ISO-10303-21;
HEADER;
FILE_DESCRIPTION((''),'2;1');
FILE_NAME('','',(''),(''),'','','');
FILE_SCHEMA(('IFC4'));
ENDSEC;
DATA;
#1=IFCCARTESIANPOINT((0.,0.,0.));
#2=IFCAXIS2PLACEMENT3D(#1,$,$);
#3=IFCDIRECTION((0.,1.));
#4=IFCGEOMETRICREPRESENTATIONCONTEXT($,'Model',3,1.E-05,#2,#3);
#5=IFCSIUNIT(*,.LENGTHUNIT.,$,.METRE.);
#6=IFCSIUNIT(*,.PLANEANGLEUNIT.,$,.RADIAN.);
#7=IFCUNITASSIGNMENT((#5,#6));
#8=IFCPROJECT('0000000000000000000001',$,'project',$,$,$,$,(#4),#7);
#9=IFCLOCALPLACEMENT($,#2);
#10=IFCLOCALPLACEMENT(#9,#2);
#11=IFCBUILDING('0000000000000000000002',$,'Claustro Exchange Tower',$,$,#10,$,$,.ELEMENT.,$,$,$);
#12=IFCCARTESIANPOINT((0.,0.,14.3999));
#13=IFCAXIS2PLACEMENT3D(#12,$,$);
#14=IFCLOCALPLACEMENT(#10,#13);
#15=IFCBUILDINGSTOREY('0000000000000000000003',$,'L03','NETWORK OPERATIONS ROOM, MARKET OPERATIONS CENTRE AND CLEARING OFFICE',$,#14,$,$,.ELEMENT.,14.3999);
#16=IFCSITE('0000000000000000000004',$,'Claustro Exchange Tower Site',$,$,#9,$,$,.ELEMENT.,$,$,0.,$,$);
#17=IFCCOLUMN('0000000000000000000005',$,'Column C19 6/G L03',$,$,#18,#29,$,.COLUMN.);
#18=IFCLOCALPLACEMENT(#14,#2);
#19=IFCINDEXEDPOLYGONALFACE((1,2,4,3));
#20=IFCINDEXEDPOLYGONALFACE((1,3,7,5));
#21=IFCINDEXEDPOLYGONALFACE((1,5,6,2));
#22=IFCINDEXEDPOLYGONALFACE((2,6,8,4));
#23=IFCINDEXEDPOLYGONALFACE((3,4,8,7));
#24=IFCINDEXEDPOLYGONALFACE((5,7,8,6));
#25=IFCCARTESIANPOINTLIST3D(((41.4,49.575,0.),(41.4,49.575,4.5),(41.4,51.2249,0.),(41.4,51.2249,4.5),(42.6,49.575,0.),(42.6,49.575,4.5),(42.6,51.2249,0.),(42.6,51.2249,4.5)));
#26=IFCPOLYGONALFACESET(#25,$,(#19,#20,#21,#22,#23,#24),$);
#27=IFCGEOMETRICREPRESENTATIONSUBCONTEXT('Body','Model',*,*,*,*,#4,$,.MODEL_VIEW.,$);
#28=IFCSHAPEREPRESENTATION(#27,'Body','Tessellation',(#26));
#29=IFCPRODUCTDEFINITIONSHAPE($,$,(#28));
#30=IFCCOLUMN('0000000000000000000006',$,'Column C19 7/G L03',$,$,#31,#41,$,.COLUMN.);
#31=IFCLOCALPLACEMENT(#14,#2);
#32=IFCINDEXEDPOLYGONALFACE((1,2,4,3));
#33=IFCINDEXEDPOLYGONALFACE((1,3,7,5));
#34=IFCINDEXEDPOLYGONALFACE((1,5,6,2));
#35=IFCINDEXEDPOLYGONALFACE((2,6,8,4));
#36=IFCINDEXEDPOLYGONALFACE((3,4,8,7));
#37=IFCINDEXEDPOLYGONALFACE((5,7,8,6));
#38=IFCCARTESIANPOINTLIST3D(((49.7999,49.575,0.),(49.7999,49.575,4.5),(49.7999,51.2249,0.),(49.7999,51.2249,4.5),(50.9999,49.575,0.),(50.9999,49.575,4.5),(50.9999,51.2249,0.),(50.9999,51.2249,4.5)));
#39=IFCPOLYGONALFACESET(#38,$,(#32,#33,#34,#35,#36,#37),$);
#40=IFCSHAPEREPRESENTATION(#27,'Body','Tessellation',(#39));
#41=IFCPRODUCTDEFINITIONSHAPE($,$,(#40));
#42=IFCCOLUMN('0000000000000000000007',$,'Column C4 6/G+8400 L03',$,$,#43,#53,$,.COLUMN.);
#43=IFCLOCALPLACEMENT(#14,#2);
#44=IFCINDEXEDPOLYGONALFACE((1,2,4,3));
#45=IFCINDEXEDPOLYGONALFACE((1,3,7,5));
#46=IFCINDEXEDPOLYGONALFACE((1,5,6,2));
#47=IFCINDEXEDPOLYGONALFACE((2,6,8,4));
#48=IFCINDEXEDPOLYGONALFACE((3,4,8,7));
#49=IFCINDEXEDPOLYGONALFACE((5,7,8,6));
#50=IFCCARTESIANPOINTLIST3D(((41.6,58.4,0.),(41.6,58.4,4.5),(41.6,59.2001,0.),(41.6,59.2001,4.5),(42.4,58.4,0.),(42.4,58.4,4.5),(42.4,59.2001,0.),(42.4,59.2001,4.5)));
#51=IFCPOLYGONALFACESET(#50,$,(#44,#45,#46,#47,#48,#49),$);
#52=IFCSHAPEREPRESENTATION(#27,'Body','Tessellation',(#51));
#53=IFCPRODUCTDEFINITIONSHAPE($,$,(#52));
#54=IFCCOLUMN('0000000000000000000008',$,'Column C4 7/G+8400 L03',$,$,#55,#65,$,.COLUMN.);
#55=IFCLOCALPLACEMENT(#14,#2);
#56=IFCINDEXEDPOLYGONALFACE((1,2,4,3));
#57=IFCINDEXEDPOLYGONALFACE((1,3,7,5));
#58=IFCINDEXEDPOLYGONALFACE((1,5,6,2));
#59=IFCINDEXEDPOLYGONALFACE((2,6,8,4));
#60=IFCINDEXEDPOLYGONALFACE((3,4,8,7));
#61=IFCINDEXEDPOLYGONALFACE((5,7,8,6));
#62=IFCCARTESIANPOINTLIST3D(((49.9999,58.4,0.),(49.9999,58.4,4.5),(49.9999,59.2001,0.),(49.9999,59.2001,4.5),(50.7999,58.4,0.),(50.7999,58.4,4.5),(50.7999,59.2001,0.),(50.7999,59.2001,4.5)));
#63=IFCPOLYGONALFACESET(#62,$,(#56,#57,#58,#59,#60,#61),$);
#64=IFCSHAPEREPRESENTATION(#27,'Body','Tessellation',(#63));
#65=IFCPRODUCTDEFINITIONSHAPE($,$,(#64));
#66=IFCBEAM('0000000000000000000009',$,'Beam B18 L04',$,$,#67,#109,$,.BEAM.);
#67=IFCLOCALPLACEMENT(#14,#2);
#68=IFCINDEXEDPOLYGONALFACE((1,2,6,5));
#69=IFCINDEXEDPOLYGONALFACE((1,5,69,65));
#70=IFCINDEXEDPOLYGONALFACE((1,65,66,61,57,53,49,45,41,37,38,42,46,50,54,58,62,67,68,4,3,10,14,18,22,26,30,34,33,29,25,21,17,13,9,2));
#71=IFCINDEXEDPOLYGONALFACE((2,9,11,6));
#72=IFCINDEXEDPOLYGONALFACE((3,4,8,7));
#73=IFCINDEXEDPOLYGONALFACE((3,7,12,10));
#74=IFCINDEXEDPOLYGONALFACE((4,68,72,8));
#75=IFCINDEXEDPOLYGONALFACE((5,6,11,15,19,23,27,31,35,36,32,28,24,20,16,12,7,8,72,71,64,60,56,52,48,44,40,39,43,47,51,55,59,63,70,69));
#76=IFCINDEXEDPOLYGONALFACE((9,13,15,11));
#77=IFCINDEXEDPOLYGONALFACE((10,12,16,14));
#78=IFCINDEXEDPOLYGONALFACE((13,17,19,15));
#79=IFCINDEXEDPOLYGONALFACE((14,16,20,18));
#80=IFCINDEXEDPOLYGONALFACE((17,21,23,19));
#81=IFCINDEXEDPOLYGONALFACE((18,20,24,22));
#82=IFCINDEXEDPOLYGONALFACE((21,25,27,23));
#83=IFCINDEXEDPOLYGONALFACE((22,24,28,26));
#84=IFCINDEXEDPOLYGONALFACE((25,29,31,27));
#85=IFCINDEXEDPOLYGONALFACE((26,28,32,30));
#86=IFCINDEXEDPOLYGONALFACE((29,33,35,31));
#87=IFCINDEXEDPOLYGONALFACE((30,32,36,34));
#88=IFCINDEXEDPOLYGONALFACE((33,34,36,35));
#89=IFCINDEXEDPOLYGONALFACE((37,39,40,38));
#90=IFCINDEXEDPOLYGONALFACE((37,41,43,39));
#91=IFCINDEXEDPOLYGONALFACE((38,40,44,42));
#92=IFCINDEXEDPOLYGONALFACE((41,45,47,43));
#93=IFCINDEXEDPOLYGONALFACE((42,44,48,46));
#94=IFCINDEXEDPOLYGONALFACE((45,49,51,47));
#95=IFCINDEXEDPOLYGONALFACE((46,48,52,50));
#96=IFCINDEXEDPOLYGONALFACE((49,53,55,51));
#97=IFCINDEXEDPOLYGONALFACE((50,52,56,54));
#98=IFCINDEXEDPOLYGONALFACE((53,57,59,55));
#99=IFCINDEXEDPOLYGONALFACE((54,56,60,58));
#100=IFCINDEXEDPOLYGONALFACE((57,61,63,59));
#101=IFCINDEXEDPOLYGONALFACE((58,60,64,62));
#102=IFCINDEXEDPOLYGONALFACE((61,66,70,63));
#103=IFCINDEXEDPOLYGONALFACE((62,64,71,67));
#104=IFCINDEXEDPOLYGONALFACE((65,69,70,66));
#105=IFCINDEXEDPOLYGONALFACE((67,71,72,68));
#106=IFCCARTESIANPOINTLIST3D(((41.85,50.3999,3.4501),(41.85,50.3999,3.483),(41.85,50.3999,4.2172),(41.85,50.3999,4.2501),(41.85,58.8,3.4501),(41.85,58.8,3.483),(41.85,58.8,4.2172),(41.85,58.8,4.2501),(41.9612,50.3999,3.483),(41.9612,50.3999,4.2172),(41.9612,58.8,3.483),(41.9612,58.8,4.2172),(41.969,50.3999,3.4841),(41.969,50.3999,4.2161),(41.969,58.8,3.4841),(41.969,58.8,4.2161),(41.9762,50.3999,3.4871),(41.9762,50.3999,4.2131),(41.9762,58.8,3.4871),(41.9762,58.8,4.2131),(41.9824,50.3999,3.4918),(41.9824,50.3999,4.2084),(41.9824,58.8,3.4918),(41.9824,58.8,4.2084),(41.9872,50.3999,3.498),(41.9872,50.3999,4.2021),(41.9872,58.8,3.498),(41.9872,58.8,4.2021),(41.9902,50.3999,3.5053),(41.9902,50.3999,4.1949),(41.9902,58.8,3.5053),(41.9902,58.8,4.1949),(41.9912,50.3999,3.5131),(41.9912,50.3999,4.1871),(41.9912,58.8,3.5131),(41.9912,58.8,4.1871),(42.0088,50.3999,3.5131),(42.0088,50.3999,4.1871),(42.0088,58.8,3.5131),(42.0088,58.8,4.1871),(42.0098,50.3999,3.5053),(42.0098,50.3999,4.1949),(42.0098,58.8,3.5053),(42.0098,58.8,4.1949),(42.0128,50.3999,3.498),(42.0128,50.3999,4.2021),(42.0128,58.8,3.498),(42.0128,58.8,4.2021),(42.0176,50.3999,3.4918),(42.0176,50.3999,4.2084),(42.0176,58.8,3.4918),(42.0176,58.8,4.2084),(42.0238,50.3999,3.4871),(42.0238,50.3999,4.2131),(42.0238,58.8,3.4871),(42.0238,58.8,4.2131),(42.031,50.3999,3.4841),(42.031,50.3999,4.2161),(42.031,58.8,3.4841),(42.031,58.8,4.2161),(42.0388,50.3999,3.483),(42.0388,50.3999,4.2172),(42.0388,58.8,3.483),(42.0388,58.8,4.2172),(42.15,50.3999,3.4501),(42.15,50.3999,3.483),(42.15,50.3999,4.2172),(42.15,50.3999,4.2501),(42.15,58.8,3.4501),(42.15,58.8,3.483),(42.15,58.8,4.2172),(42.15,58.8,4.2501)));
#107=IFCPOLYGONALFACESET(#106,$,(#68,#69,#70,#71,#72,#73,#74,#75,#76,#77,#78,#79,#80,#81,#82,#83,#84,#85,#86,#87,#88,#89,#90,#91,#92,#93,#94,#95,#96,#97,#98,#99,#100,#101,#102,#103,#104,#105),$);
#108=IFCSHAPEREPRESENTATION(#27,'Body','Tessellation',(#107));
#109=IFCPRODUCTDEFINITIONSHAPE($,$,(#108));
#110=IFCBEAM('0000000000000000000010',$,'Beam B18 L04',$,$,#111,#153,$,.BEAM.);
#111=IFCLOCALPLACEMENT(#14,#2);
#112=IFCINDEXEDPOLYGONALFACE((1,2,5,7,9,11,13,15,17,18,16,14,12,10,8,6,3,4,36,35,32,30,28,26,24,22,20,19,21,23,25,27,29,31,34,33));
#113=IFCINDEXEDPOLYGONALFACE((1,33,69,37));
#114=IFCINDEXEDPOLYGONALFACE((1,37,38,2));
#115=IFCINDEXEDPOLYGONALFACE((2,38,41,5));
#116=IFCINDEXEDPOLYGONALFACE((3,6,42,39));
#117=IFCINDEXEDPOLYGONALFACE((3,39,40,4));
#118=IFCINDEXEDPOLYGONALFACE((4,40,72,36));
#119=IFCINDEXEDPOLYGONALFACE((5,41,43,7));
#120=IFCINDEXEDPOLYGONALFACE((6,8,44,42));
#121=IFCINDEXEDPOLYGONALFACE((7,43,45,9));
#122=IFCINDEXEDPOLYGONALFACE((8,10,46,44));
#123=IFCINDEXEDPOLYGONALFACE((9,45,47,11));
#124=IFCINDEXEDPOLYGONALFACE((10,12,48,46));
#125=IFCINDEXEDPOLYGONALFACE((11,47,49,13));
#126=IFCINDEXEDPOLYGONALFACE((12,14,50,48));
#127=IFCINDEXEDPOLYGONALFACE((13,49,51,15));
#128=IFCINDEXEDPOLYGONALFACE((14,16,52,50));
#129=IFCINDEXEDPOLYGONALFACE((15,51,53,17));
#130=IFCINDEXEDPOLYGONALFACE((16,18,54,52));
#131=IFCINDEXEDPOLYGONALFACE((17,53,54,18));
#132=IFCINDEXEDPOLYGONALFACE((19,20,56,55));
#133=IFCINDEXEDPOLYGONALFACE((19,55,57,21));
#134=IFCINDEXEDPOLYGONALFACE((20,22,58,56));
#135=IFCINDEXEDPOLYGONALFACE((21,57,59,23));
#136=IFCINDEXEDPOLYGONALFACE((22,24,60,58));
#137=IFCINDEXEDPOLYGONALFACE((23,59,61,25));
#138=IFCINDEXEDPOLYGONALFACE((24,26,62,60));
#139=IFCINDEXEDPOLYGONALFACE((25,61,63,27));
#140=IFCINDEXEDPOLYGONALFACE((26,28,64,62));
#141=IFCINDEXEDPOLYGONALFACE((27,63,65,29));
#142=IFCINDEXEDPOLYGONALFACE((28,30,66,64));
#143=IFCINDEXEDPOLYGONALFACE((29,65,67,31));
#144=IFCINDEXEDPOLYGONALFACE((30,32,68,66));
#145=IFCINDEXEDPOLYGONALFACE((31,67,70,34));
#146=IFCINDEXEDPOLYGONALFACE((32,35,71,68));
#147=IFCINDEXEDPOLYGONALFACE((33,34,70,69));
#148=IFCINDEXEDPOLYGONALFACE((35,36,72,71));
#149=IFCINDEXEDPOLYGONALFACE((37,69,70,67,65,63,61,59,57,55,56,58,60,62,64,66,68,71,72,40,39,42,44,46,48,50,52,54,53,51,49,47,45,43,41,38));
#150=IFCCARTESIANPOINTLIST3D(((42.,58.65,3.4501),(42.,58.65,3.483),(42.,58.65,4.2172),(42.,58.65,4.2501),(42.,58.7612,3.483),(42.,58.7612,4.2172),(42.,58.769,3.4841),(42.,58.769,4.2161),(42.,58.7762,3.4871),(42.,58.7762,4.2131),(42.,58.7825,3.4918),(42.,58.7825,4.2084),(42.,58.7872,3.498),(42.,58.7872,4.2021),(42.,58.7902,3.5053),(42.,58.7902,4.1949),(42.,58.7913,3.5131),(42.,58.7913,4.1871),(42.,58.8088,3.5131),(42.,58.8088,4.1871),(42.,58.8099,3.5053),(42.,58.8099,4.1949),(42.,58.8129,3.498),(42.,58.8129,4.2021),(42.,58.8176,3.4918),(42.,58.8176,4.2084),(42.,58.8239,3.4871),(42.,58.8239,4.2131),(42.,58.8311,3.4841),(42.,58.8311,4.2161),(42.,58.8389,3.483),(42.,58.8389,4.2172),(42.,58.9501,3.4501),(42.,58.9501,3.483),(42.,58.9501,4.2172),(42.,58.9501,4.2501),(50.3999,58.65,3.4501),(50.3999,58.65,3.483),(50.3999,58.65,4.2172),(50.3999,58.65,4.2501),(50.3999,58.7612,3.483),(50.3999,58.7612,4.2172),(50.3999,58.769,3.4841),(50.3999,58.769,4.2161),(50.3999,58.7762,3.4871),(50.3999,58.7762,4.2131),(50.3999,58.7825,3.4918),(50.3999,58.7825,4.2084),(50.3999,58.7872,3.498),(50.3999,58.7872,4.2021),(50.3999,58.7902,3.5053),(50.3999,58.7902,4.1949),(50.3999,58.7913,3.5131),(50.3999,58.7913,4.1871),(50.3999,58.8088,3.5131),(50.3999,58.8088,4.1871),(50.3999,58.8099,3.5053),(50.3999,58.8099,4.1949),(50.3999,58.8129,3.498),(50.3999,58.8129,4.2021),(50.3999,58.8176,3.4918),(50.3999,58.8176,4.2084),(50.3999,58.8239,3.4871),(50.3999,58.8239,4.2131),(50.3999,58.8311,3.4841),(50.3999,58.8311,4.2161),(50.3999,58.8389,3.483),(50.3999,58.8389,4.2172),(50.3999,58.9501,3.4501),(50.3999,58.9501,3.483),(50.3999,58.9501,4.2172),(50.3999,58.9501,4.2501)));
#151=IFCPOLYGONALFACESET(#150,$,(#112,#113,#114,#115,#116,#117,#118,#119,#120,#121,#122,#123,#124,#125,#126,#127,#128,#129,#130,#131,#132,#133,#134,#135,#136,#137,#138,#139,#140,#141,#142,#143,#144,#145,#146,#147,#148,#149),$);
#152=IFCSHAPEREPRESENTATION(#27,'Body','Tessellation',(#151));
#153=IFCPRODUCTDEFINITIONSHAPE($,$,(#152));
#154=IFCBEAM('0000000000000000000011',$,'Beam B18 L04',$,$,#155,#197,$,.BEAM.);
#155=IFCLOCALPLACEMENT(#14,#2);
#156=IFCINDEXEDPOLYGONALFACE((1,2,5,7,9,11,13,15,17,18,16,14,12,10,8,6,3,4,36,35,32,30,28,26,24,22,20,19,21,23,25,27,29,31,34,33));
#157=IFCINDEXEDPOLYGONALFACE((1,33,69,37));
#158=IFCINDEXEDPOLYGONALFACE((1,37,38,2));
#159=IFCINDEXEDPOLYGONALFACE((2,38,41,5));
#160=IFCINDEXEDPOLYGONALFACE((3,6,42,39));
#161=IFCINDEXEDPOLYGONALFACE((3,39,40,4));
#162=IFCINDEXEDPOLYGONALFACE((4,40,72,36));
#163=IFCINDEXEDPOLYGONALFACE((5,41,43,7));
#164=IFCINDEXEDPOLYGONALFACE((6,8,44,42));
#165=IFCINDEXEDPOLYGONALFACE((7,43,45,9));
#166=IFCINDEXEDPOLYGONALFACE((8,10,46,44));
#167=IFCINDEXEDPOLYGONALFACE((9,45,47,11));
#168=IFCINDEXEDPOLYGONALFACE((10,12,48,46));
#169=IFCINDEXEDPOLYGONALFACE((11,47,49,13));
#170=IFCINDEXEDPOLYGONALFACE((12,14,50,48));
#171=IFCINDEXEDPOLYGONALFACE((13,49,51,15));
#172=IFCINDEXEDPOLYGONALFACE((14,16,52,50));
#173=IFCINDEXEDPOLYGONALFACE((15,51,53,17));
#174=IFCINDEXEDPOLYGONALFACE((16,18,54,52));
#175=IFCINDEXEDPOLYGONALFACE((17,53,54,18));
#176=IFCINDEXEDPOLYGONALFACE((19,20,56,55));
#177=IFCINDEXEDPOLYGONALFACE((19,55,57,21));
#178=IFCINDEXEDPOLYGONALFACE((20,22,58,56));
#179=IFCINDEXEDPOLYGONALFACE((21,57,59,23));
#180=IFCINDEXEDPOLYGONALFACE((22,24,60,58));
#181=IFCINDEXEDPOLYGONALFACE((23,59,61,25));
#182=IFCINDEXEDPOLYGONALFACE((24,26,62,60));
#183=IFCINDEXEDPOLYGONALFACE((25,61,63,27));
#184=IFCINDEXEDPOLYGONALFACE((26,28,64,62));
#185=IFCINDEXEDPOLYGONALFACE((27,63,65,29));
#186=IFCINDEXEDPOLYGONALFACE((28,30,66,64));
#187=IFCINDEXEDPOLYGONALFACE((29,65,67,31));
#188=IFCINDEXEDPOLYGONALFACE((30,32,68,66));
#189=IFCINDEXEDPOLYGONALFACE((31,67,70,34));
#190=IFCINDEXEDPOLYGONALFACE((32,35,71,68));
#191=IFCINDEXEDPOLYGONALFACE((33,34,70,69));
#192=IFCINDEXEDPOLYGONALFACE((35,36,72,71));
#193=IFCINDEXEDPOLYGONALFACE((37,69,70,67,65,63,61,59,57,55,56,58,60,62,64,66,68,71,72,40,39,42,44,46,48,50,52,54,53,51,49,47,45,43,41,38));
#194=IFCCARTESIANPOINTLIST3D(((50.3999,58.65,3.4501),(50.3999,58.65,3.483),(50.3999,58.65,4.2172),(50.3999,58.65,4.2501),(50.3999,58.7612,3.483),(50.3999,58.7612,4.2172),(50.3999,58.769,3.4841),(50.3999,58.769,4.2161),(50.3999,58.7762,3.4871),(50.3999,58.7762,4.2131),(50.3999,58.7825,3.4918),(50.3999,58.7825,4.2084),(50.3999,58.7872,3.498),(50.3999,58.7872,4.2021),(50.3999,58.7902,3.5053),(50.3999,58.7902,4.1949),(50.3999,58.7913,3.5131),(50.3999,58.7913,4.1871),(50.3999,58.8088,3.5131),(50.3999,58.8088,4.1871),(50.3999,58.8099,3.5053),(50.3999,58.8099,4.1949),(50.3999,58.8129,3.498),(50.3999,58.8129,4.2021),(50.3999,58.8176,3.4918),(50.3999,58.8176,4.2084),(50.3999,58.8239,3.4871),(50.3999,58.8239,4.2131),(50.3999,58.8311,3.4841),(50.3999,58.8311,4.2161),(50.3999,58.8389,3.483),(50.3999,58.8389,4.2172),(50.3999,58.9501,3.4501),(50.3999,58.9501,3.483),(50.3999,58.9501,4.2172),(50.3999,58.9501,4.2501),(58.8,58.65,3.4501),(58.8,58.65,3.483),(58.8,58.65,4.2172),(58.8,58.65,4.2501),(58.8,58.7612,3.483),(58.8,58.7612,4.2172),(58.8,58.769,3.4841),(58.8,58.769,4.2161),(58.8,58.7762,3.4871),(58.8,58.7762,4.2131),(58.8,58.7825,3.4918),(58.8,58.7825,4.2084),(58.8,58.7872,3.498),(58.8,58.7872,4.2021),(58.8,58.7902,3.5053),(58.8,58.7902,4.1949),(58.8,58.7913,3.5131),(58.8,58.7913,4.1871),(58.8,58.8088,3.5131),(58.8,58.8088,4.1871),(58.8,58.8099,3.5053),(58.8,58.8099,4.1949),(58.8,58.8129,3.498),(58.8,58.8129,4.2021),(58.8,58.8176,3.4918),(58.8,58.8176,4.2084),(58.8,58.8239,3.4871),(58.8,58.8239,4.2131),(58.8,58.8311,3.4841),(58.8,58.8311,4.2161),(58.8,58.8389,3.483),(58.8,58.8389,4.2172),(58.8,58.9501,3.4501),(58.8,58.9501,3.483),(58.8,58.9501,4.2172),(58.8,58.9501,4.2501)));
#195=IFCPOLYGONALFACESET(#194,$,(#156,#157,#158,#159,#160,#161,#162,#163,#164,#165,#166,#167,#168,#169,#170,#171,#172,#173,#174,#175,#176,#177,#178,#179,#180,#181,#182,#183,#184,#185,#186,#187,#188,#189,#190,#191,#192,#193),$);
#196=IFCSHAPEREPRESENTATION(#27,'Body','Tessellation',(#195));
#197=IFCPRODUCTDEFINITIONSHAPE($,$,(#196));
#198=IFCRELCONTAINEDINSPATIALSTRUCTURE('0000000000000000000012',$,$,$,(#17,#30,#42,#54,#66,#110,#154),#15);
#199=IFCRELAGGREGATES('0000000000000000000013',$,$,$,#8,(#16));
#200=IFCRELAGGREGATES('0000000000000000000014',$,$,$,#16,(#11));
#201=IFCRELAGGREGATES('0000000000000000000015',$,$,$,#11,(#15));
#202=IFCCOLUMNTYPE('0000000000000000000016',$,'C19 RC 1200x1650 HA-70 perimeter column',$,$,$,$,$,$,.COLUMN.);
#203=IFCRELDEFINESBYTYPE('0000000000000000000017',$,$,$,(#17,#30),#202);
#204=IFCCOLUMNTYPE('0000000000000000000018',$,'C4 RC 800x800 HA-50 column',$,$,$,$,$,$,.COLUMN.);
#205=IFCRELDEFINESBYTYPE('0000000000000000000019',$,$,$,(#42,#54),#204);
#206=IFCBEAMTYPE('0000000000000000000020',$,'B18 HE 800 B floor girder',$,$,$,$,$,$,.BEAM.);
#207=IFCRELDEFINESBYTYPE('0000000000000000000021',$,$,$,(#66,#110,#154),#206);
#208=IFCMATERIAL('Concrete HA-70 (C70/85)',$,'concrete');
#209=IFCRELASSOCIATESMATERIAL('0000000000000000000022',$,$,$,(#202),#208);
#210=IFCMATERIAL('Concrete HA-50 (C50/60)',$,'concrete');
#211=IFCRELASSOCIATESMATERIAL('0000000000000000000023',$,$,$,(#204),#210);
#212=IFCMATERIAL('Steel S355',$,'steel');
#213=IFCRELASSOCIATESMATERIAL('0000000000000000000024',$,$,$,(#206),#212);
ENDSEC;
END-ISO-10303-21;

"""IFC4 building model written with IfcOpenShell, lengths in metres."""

from ifc_helpers import new_model, si_unit, direction, frame, origin, origin_2d, place, context, subcontext, project, spatial, rectangle, i_section, extrude, material, material_profile, profile_set, type_object, element, save


model = new_model("IFC4")

# Units and contexts
model_context = context("Model", 3, precision=1e-05, world=origin(), true_north=direction((0.0, 1.0)))
body_context = subcontext(model_context, "Body", "Model", "MODEL_VIEW")
ifc_project = project(units=[si_unit("LENGTHUNIT", "METRE"), si_unit("PLANEANGLEUNIT", "RADIAN")], contexts=[model_context])

# Site, building, storey
site_placement = place(None, origin())
site = spatial("IfcSite", under=ifc_project, at=site_placement, Name="Claustro Exchange Tower Site", CompositionType="ELEMENT", RefElevation=0.0)
building_placement = place(site_placement, origin())
building = spatial("IfcBuilding", under=site, at=building_placement, Name="Claustro Exchange Tower", CompositionType="ELEMENT")
storey_placement = place(building_placement, frame((0.0, 0.0, 14.3999)))
storey = spatial("IfcBuildingStorey", under=building, at=storey_placement, Name="L03", Description="NETWORK OPERATIONS ROOM, MARKET OPERATIONS CENTRE AND CLEARING OFFICE", CompositionType="ELEMENT", Elevation=14.3999)

# Columns
ifc_material_1 = material(Name="Concrete HA-70 (C70/85)", Category="concrete")
ifc_material_profile_1 = material_profile(ifc_material_1, rectangle(XDim=1.2, YDim=1.6499, at=origin_2d()), Name="RC 1200x1650")
ifc_profile_set_1 = profile_set([ifc_material_profile_1], Name="Concrete HA-70 (C70/85)")
column_type_1 = type_object("IfcColumnType", Name="C19 RC 1200x1650 HA-70 perimeter column", PredefinedType="COLUMN", material=ifc_profile_set_1)
for number, where, z_axis, x_axis, name in (
    (1, (42.0, 50.3999, 0.0), (0.0, 0.0, 1.0), (1.0, 0.0, 0.0), "Column C19 6/G L03"),
    (2, (50.3999, 50.3999, 0.0), (0.0, 0.0, 1.0), (1.0, 0.0, 0.0), "Column C19 7/G L03"),
):
    element("IfcColumn", number, at=place(storey_placement, frame(where, z_axis=z_axis, x_axis=x_axis)), inside=storey, type_object=column_type_1, Name=name, PredefinedType="COLUMN", context=body_context, shape_type="SweptSolid", body=[
        extrude(rectangle(XDim=1.2, YDim=1.6499, at=origin_2d()), origin(), (0.0, 0.0, 1.0), 4.5),
    ])
ifc_material_2 = material(Name="Concrete HA-50 (C50/60)", Category="concrete")
ifc_material_profile_2 = material_profile(ifc_material_2, rectangle(XDim=0.8, YDim=0.8, at=origin_2d()), Name="RC 800x800")
ifc_profile_set_2 = profile_set([ifc_material_profile_2], Name="Concrete HA-50 (C50/60)")
column_type_2 = type_object("IfcColumnType", Name="C4 RC 800x800 HA-50 column", PredefinedType="COLUMN", material=ifc_profile_set_2)
for number, where, z_axis, x_axis, name in (
    (3, (42.0, 58.8, 0.0), (0.0, 0.0, 1.0), (1.0, 0.0, 0.0), "Column C4 6/G+8400 L03"),
    (4, (50.3999, 58.8, 0.0), (0.0, 0.0, 1.0), (1.0, 0.0, 0.0), "Column C4 7/G+8400 L03"),
):
    element("IfcColumn", number, at=place(storey_placement, frame(where, z_axis=z_axis, x_axis=x_axis)), inside=storey, type_object=column_type_2, Name=name, PredefinedType="COLUMN", context=body_context, shape_type="SweptSolid", body=[
        extrude(rectangle(XDim=0.8, YDim=0.8, at=origin_2d()), origin(), (0.0, 0.0, 1.0), 4.5),
    ])

# Beams
ifc_material_3 = material(Name="Steel S355", Category="steel")
ifc_material_profile_3 = material_profile(ifc_material_3, i_section(OverallWidth=0.3, OverallDepth=0.8, WebThickness=0.0176, FlangeThickness=0.033, FilletRadius=0.03, at=origin_2d()), Name="HE 800 B")
ifc_profile_set_3 = profile_set([ifc_material_profile_3], Name="Steel S355")
beam_type_1 = type_object("IfcBeamType", Name="B18 HE 800 B floor girder", PredefinedType="BEAM", material=ifc_profile_set_3)
beam_1_placement = place(storey_placement, frame((42.0, 50.3999, 3.8501), z_axis=(0.0, 1.0, 0.0), x_axis=(-1.0, 0.0, 0.0)))
element("IfcBeam", 5, at=beam_1_placement, inside=storey, type_object=beam_type_1, Name="Beam B18 L04", PredefinedType="BEAM", context=body_context, shape_type="SweptSolid", body=[
    extrude(i_section(OverallWidth=0.3, OverallDepth=0.8, WebThickness=0.0176, FlangeThickness=0.033, FilletRadius=0.03, at=origin_2d()), origin(), (0.0, 0.0, 1.0), 8.4001),
])
beam_2_placement = place(storey_placement, frame((42.0, 58.8, 3.8501), z_axis=(1.0, 0.0, 0.0), x_axis=(0.0, 1.0, 0.0)))
element("IfcBeam", 6, at=beam_2_placement, inside=storey, type_object=beam_type_1, Name="Beam B18 L04", PredefinedType="BEAM", context=body_context, shape_type="SweptSolid", body=[
    extrude(i_section(OverallWidth=0.3, OverallDepth=0.8, WebThickness=0.0176, FlangeThickness=0.033, FilletRadius=0.03, at=origin_2d()), origin(), (0.0, 0.0, 1.0), 8.3999),
])
beam_3_placement = place(storey_placement, frame((50.3999, 58.8, 3.8501), z_axis=(1.0, 0.0, 0.0), x_axis=(0.0, 1.0, 0.0)))
element("IfcBeam", 7, at=beam_3_placement, inside=storey, type_object=beam_type_1, Name="Beam B18 L04", PredefinedType="BEAM", context=body_context, shape_type="SweptSolid", body=[
    extrude(i_section(OverallWidth=0.3, OverallDepth=0.8, WebThickness=0.0176, FlangeThickness=0.033, FilletRadius=0.03, at=origin_2d()), origin(), (0.0, 0.0, 1.0), 8.4001),
])

save(model, "model.ifc")
